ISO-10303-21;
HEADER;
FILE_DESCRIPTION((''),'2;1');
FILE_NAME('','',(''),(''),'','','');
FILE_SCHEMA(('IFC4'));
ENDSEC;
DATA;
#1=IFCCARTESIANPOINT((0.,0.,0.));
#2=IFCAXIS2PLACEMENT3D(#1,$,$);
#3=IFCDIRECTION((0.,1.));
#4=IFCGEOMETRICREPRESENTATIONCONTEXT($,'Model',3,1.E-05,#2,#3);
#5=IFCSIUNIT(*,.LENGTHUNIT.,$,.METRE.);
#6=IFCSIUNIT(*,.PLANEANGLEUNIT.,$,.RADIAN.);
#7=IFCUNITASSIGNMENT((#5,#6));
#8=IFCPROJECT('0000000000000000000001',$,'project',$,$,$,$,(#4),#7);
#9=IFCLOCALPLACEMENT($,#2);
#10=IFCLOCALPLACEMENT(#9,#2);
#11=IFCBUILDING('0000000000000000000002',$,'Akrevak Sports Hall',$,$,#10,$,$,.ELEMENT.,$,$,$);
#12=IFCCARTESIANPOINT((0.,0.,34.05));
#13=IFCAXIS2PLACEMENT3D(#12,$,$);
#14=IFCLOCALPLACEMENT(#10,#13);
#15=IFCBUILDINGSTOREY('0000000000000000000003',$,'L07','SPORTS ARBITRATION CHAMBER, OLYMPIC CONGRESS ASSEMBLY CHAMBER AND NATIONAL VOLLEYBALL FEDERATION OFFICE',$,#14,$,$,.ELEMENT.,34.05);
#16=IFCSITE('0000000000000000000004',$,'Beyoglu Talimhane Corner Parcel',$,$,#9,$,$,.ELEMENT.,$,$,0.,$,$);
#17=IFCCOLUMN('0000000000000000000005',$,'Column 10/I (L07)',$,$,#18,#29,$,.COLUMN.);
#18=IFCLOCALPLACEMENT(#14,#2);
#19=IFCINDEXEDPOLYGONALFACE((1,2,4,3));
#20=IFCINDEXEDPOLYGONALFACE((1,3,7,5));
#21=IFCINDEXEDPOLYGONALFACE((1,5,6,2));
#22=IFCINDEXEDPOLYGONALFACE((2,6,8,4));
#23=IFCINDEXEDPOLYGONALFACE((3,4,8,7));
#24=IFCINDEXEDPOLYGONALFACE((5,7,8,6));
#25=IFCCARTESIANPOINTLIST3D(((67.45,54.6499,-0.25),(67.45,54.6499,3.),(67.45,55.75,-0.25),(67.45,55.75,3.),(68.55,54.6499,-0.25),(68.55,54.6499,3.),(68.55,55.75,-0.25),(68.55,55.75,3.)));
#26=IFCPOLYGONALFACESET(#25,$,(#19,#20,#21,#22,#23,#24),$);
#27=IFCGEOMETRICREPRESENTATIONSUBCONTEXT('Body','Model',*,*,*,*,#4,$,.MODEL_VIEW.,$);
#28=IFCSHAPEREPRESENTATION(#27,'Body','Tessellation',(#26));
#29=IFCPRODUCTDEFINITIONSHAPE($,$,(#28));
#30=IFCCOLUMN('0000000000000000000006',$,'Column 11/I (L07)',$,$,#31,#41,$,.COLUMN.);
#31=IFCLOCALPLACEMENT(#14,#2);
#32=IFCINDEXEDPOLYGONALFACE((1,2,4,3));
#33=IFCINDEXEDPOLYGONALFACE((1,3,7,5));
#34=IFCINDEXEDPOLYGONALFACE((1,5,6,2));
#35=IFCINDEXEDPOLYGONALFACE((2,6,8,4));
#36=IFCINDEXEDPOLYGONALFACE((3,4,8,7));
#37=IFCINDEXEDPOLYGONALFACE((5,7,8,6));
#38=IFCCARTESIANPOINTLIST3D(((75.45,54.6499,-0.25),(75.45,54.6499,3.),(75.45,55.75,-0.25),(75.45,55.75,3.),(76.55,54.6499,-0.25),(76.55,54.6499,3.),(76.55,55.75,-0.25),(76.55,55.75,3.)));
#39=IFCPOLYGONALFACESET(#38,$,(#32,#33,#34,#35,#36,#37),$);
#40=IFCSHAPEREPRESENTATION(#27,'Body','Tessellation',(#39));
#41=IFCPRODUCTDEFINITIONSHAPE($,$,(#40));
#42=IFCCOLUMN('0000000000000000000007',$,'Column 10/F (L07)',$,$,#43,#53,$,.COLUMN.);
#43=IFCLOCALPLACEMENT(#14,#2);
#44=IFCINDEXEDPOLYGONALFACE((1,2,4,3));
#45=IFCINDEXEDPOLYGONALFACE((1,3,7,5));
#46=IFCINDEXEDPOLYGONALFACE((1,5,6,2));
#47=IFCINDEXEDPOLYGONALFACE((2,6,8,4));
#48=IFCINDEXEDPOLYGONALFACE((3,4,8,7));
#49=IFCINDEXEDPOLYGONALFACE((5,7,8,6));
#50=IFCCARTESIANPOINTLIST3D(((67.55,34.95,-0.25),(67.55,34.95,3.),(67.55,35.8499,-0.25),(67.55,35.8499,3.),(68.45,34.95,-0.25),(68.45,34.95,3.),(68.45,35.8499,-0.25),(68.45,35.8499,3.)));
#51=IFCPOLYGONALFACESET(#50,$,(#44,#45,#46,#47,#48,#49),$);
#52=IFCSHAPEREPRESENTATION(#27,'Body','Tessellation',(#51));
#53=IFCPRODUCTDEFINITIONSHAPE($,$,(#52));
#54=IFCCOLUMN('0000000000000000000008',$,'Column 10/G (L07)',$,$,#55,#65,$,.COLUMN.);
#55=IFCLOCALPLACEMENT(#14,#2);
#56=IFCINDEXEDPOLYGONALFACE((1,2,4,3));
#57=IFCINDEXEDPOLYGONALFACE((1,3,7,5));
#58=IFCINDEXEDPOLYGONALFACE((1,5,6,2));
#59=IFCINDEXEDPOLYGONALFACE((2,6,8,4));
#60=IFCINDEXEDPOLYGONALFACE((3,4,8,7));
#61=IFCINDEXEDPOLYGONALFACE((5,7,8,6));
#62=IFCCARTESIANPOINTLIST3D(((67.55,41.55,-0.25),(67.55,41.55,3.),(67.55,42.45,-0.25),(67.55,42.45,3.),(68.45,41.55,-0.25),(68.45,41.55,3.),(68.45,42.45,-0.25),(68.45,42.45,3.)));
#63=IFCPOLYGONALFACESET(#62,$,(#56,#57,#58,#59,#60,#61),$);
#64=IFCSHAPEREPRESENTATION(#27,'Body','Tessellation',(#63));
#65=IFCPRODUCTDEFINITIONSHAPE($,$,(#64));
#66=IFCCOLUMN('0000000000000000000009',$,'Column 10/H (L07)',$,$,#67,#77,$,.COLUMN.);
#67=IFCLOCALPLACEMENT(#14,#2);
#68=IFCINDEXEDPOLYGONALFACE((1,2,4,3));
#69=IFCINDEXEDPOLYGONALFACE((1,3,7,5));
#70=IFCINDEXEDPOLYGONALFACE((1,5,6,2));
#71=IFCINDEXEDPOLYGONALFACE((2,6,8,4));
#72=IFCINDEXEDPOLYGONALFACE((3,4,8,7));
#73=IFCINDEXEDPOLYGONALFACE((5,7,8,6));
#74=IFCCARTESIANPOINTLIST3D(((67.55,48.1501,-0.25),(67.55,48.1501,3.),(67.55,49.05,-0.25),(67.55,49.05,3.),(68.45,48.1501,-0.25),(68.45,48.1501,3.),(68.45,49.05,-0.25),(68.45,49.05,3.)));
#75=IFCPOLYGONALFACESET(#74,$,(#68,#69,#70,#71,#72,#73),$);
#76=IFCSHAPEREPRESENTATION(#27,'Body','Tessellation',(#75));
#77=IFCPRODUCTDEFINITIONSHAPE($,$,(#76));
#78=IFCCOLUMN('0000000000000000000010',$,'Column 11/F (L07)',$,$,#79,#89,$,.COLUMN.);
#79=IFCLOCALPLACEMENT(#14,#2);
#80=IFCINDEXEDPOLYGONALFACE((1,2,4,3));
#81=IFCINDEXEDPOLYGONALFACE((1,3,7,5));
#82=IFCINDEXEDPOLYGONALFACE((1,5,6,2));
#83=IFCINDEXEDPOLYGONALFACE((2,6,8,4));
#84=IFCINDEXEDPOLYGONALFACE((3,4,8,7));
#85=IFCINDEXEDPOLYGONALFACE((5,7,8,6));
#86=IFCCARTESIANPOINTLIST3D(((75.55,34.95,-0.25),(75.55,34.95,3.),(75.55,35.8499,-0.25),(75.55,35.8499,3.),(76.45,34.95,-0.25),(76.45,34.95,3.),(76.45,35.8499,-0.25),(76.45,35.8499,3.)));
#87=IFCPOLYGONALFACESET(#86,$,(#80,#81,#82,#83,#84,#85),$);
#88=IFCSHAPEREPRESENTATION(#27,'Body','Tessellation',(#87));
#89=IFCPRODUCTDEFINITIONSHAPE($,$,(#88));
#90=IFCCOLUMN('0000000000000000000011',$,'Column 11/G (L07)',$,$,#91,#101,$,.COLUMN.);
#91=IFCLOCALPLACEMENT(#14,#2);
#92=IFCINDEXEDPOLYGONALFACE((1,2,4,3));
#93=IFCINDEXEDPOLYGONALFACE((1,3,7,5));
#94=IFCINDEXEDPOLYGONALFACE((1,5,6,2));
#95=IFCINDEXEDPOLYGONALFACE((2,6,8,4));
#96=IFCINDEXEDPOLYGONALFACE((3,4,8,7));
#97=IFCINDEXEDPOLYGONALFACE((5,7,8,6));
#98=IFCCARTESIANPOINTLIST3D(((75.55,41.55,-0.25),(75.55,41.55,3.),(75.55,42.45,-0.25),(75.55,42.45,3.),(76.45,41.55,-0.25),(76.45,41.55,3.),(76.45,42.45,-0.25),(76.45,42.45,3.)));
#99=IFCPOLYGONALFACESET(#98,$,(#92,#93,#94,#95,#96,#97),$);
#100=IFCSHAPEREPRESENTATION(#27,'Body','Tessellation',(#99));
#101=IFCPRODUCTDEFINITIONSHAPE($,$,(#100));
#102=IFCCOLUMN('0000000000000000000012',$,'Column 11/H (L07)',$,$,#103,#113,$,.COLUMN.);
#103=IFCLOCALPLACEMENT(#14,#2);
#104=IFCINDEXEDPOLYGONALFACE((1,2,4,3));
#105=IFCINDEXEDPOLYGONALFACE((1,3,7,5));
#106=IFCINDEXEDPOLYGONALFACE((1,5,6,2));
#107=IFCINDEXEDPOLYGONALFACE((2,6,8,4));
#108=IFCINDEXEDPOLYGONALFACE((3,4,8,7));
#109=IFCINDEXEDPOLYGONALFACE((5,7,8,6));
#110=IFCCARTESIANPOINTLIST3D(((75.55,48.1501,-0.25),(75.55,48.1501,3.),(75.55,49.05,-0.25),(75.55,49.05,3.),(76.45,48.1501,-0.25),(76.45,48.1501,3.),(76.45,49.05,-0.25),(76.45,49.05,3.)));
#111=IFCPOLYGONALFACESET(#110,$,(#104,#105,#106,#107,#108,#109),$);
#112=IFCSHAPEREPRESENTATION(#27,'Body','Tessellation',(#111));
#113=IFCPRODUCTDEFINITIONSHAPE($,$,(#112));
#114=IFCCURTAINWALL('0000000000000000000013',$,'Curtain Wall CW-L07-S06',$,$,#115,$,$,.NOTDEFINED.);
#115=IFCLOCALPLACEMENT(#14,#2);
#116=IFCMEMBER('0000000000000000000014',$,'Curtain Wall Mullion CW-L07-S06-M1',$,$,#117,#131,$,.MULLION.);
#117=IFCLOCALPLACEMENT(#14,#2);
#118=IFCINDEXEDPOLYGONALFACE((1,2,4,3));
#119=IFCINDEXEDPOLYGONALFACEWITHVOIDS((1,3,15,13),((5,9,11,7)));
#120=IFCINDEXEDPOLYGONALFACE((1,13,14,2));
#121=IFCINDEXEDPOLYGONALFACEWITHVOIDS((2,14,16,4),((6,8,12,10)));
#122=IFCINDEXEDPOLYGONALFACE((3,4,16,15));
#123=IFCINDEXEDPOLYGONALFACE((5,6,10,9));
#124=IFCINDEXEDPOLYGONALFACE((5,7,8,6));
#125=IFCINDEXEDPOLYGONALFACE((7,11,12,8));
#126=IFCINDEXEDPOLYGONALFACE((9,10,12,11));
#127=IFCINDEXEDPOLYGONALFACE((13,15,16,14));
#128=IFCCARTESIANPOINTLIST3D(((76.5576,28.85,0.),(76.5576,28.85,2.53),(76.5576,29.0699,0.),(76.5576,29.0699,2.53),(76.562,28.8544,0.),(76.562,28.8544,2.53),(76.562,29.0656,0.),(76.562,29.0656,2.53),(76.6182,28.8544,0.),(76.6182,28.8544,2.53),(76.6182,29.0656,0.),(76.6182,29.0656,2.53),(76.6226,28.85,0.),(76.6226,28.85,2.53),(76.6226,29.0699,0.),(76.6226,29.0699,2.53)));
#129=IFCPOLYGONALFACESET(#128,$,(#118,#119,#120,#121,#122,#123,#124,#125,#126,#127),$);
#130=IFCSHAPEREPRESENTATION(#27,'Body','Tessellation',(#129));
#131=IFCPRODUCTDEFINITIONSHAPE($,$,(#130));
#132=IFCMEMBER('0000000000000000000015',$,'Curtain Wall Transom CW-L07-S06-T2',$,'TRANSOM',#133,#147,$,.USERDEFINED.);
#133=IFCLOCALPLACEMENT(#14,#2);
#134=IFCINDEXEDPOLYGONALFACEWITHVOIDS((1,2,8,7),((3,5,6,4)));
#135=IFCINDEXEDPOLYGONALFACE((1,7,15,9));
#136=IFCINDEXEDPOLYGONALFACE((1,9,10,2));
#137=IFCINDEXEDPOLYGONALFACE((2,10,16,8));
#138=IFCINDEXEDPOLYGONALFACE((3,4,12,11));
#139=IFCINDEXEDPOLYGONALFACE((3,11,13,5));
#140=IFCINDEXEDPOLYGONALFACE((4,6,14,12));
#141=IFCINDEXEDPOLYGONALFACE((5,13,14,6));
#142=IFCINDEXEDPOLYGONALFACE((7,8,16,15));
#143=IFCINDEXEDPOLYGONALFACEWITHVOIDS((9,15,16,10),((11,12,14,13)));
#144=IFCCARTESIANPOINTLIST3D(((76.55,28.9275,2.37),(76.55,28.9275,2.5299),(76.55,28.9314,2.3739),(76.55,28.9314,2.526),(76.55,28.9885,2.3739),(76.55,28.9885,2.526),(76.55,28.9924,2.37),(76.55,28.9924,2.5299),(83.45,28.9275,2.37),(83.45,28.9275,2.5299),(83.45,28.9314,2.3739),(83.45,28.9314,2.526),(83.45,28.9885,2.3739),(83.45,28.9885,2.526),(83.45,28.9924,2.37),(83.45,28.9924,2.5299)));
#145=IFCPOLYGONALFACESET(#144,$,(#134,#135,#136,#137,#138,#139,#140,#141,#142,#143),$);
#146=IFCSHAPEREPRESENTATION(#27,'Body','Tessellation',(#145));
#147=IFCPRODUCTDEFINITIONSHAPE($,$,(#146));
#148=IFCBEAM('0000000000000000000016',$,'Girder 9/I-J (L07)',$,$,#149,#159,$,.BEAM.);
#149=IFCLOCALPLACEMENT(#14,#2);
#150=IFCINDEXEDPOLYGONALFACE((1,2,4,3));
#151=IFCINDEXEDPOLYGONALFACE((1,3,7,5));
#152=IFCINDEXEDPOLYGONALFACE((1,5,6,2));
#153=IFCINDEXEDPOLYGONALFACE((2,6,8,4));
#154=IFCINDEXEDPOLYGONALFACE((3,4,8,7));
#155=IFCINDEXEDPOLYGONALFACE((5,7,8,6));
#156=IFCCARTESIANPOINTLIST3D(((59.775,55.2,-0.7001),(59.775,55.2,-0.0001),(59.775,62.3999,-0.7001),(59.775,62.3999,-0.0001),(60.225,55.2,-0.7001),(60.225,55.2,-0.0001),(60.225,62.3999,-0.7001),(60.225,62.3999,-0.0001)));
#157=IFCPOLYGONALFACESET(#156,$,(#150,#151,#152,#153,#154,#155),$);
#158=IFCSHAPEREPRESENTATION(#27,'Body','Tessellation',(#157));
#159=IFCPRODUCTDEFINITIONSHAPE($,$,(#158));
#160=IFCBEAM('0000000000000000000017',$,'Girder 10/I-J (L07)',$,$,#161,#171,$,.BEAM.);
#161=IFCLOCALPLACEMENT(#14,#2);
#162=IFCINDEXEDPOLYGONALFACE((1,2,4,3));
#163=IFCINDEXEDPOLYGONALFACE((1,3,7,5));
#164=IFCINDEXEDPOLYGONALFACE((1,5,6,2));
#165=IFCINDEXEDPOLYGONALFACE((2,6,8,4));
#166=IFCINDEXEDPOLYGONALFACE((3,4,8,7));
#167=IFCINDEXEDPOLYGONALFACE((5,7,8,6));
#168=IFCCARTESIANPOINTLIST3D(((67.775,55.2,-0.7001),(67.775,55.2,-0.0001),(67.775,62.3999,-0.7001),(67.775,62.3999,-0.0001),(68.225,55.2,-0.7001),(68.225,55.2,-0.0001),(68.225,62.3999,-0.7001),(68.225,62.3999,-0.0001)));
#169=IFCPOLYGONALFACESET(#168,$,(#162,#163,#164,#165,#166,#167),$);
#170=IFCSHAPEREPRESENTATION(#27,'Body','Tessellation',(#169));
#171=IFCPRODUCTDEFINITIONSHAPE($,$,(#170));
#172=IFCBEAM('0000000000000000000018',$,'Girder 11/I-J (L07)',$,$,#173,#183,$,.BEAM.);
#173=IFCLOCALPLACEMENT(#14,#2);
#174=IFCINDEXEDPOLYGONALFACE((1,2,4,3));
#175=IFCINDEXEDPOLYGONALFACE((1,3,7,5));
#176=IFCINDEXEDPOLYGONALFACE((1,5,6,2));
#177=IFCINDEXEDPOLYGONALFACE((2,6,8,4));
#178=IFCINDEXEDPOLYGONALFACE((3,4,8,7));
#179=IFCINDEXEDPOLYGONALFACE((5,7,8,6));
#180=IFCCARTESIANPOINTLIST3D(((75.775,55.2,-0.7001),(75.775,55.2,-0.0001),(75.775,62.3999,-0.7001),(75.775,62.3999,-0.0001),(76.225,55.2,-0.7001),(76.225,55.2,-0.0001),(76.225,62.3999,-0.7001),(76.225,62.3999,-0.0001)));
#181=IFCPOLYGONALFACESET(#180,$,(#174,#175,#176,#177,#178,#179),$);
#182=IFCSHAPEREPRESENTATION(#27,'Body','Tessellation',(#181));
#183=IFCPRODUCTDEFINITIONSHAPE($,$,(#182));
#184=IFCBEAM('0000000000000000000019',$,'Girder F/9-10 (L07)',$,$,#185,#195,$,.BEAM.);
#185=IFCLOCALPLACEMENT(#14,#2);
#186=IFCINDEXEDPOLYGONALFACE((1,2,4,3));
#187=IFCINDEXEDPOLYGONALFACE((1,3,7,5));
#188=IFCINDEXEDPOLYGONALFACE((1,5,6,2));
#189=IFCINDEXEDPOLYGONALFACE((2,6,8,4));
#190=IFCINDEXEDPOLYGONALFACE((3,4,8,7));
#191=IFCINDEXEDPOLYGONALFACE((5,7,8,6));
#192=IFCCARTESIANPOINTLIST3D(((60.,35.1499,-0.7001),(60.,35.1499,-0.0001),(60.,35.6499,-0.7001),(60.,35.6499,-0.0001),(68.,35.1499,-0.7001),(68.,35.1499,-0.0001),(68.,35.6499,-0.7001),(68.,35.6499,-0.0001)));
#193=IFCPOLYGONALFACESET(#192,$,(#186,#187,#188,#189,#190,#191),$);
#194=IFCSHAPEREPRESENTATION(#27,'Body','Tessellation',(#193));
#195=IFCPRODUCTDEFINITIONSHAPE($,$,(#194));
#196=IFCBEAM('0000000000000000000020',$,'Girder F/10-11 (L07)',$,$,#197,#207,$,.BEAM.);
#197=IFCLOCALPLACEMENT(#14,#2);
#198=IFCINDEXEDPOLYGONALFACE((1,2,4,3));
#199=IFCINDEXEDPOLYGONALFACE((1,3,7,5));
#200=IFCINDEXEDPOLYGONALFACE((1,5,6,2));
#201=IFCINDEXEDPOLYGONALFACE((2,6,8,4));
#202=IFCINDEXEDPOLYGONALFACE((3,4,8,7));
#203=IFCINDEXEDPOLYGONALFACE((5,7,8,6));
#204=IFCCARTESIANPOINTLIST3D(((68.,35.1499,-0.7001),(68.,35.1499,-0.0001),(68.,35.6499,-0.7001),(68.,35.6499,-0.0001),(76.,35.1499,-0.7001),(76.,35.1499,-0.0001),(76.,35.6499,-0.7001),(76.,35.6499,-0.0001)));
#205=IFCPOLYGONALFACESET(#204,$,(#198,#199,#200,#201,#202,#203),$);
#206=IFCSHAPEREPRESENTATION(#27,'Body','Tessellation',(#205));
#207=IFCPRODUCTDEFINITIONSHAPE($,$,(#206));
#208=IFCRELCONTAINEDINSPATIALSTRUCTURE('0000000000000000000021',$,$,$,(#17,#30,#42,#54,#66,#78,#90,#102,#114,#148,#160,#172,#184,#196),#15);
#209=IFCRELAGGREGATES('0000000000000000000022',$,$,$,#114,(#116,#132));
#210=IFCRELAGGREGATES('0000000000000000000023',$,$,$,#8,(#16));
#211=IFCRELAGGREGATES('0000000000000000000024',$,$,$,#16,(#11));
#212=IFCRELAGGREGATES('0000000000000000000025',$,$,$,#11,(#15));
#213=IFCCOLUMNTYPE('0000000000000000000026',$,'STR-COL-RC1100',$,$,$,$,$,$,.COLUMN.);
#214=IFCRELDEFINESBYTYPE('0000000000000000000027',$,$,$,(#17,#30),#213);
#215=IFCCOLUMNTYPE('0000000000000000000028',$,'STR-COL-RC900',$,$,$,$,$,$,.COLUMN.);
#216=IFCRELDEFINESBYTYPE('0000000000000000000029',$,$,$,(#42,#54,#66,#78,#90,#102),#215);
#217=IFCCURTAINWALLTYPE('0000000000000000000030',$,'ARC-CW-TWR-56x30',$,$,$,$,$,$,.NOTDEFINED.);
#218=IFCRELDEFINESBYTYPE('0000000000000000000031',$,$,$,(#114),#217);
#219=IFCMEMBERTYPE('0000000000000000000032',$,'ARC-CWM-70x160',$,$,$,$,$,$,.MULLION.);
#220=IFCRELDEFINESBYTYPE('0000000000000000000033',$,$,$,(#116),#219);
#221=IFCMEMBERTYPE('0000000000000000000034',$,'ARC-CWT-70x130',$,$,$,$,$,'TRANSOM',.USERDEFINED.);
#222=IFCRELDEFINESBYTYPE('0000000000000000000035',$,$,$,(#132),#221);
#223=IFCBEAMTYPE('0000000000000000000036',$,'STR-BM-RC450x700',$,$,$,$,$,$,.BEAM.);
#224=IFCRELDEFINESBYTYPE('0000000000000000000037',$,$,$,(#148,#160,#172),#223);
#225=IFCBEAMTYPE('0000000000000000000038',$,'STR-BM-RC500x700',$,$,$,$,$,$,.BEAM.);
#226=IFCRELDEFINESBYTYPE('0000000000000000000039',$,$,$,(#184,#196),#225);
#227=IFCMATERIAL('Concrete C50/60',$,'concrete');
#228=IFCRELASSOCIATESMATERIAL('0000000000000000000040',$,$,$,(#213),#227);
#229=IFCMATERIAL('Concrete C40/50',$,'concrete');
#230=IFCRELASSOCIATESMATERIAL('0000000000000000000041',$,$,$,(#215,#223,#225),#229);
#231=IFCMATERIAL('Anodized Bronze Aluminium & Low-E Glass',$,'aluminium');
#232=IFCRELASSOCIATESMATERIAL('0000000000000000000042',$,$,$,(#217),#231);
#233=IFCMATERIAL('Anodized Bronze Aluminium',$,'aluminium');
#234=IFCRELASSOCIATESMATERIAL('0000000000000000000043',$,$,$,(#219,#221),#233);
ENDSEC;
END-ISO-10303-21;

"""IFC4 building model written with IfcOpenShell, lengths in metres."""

from ifc_helpers import new_model, si_unit, direction, frame, origin, origin_2d, place, context, subcontext, project, spatial, rectangle, hollow_rectangle, extrude, material, material_profile, profile_set, type_object, element, aggregate, save


model = new_model("IFC4")

# Units and contexts
model_context = context("Model", 3, precision=1e-05, world=origin(), true_north=direction((0.0, 1.0)))
body_context = subcontext(model_context, "Body", "Model", "MODEL_VIEW")
ifc_project = project(units=[si_unit("LENGTHUNIT", "METRE"), si_unit("PLANEANGLEUNIT", "RADIAN")], contexts=[model_context])

# Site, building, storey
site_placement = place(None, origin())
site = spatial("IfcSite", under=ifc_project, at=site_placement, Name="Beyoglu Talimhane Corner Parcel", CompositionType="ELEMENT", RefElevation=0.0)
building_placement = place(site_placement, origin())
building = spatial("IfcBuilding", under=site, at=building_placement, Name="Akrevak Sports Hall", CompositionType="ELEMENT")
storey_placement = place(building_placement, frame((0.0, 0.0, 34.05)))
storey = spatial("IfcBuildingStorey", under=building, at=storey_placement, Name="L07", Description="SPORTS ARBITRATION CHAMBER, OLYMPIC CONGRESS ASSEMBLY CHAMBER AND NATIONAL VOLLEYBALL FEDERATION OFFICE", CompositionType="ELEMENT", Elevation=34.05)

# Columns
ifc_material_1 = material(Name="Concrete C50/60", Category="concrete")
ifc_material_profile_1 = material_profile(ifc_material_1, rectangle(XDim=1.1001, YDim=1.1001, at=origin_2d()), Name="RC 1100x1100", Category="concrete")
ifc_profile_set_1 = profile_set([ifc_material_profile_1], Name="Concrete C50/60")
column_type_1 = type_object("IfcColumnType", Name="STR-COL-RC1100", PredefinedType="COLUMN", material=ifc_profile_set_1)
for number, where, z_axis, x_axis, name in (
    (1, (68.0, 55.2, -0.25), (0.0, 0.0, 1.0), (1.0, 0.0, 0.0), "Column 10/I (L07)"),
    (2, (76.0, 55.2, -0.25), (0.0, 0.0, 1.0), (1.0, 0.0, 0.0), "Column 11/I (L07)"),
):
    element("IfcColumn", number, at=place(storey_placement, frame(where, z_axis=z_axis, x_axis=x_axis)), inside=storey, type_object=column_type_1, Name=name, PredefinedType="COLUMN", context=body_context, shape_type="SweptSolid", body=[
        extrude(rectangle(XDim=1.1001, YDim=1.1001, at=origin_2d()), origin(), (0.0, 0.0, 1.0), 3.25),
    ])
ifc_material_2 = material(Name="Concrete C40/50", Category="concrete")
ifc_material_profile_2 = material_profile(ifc_material_2, rectangle(XDim=0.8999, YDim=0.8999, at=origin_2d()), Name="RC 900x900", Category="concrete")
ifc_profile_set_2 = profile_set([ifc_material_profile_2], Name="Concrete C40/50")
column_type_2 = type_object("IfcColumnType", Name="STR-COL-RC900", PredefinedType="COLUMN", material=ifc_profile_set_2)
for number, where, z_axis, x_axis, name in (
    (3, (68.0, 35.3999, -0.25), (0.0, 0.0, 1.0), (1.0, 0.0, 0.0), "Column 10/F (L07)"),
    (4, (68.0, 42.0, -0.25), (0.0, 0.0, 1.0), (1.0, 0.0, 0.0), "Column 10/G (L07)"),
    (5, (68.0, 48.6001, -0.25), (0.0, 0.0, 1.0), (1.0, 0.0, 0.0), "Column 10/H (L07)"),
    (6, (76.0, 35.3999, -0.25), (0.0, 0.0, 1.0), (1.0, 0.0, 0.0), "Column 11/F (L07)"),
    (7, (76.0, 42.0, -0.25), (0.0, 0.0, 1.0), (1.0, 0.0, 0.0), "Column 11/G (L07)"),
    (8, (76.0, 48.6001, -0.25), (0.0, 0.0, 1.0), (1.0, 0.0, 0.0), "Column 11/H (L07)"),
):
    element("IfcColumn", number, at=place(storey_placement, frame(where, z_axis=z_axis, x_axis=x_axis)), inside=storey, type_object=column_type_2, Name=name, PredefinedType="COLUMN", context=body_context, shape_type="SweptSolid", body=[
        extrude(rectangle(XDim=0.8999, YDim=0.8999, at=origin_2d()), origin(), (0.0, 0.0, 1.0), 3.25),
    ])

# Curtain wall, members
ifc_material_3 = material(Name="Anodized Bronze Aluminium & Low-E Glass", Category="aluminium")
curtain_wall_type = type_object("IfcCurtainWallType", Name="ARC-CW-TWR-56x30", PredefinedType="NOTDEFINED", material=ifc_material_3)
curtain_wall_placement = place(storey_placement, origin())
curtain_wall = element("IfcCurtainWall", 9, at=curtain_wall_placement, inside=storey, type_object=curtain_wall_type, Name="Curtain Wall CW-L07-S06", PredefinedType="NOTDEFINED")
ifc_material_4 = material(Name="Anodized Bronze Aluminium", Category="aluminium")
ifc_material_profile_3 = material_profile(ifc_material_4, hollow_rectangle(XDim=0.0649, YDim=0.22, WallThickness=0.0044, at=origin_2d()), Name="CWM 65x220", Category="aluminium")
ifc_profile_set_3 = profile_set([ifc_material_profile_3], Name="Anodized Bronze Aluminium")
member_type_1 = type_object("IfcMemberType", Name="ARC-CWM-70x160", PredefinedType="MULLION", material=ifc_profile_set_3)
member_1_placement = place(storey_placement, frame((76.5901, 28.96, 0.0), z_axis=(0.0, 0.0, 1.0), x_axis=(1.0, 0.0, 0.0)))
member_1 = element("IfcMember", 10, at=member_1_placement, type_object=member_type_1, Name="Curtain Wall Mullion CW-L07-S06-M1", PredefinedType="MULLION", context=body_context, shape_type="SweptSolid", body=[
    extrude(hollow_rectangle(XDim=0.0649, YDim=0.22, WallThickness=0.0044, at=origin_2d()), origin(), (0.0, 0.0, 1.0), 2.53),
])
ifc_material_profile_4 = material_profile(ifc_material_4, hollow_rectangle(XDim=0.0649, YDim=0.1599, WallThickness=0.0039, at=origin_2d()), Name="CWT 65x160", Category="aluminium")
ifc_profile_set_4 = profile_set([ifc_material_profile_4], Name="Anodized Bronze Aluminium")
member_type_2 = type_object("IfcMemberType", Name="ARC-CWT-70x130", ElementType="TRANSOM", PredefinedType="USERDEFINED", material=ifc_profile_set_4)
member_2_placement = place(storey_placement, frame((76.55, 28.96, 2.45), z_axis=(1.0, 0.0, 0.0), x_axis=(0.0, 1.0, 0.0)))
member_2 = element("IfcMember", 11, at=member_2_placement, type_object=member_type_2, Name="Curtain Wall Transom CW-L07-S06-T2", ObjectType="TRANSOM", PredefinedType="USERDEFINED", context=body_context, shape_type="SweptSolid", body=[
    extrude(hollow_rectangle(XDim=0.0649, YDim=0.1599, WallThickness=0.0039, at=origin_2d()), origin(), (0.0, 0.0, 1.0), 6.8999),
])
aggregate(curtain_wall, [member_1, member_2])

# Beams
ifc_material_profile_5 = material_profile(ifc_material_2, rectangle(XDim=0.45, YDim=0.7, at=origin_2d()), Name="BM 450x700", Category="concrete")
ifc_profile_set_5 = profile_set([ifc_material_profile_5], Name="Concrete C40/50")
beam_type_1 = type_object("IfcBeamType", Name="STR-BM-RC450x700", PredefinedType="BEAM", material=ifc_profile_set_5)
for number, where, z_axis, x_axis, name in (
    (12, (60.0, 55.2, -0.3501), (0.0, 1.0, 0.0), (-1.0, 0.0, 0.0), "Girder 9/I-J (L07)"),
    (13, (68.0, 55.2, -0.3501), (0.0, 1.0, 0.0), (-1.0, 0.0, 0.0), "Girder 10/I-J (L07)"),
    (14, (76.0, 55.2, -0.3501), (0.0, 1.0, 0.0), (-1.0, 0.0, 0.0), "Girder 11/I-J (L07)"),
):
    element("IfcBeam", number, at=place(storey_placement, frame(where, z_axis=z_axis, x_axis=x_axis)), inside=storey, type_object=beam_type_1, Name=name, PredefinedType="BEAM", context=body_context, shape_type="SweptSolid", body=[
        extrude(rectangle(XDim=0.45, YDim=0.7, at=origin_2d()), origin(), (0.0, 0.0, 1.0), 7.2),
    ])
ifc_material_profile_6 = material_profile(ifc_material_2, rectangle(XDim=0.5, YDim=0.7, at=origin_2d()), Name="BM 500x700", Category="concrete")
ifc_profile_set_6 = profile_set([ifc_material_profile_6], Name="Concrete C40/50")
beam_type_2 = type_object("IfcBeamType", Name="STR-BM-RC500x700", PredefinedType="BEAM", material=ifc_profile_set_6)
for number, where, z_axis, x_axis, name in (
    (15, (60.0, 35.3999, -0.3501), (1.0, 0.0, 0.0), (0.0, 1.0, 0.0), "Girder F/9-10 (L07)"),
    (16, (68.0, 35.3999, -0.3501), (1.0, 0.0, 0.0), (0.0, 1.0, 0.0), "Girder F/10-11 (L07)"),
):
    element("IfcBeam", number, at=place(storey_placement, frame(where, z_axis=z_axis, x_axis=x_axis)), inside=storey, type_object=beam_type_2, Name=name, PredefinedType="BEAM", context=body_context, shape_type="SweptSolid", body=[
        extrude(rectangle(XDim=0.5, YDim=0.7, at=origin_2d()), origin(), (0.0, 0.0, 1.0), 8.0),
    ])

save(model, "model.ifc")
